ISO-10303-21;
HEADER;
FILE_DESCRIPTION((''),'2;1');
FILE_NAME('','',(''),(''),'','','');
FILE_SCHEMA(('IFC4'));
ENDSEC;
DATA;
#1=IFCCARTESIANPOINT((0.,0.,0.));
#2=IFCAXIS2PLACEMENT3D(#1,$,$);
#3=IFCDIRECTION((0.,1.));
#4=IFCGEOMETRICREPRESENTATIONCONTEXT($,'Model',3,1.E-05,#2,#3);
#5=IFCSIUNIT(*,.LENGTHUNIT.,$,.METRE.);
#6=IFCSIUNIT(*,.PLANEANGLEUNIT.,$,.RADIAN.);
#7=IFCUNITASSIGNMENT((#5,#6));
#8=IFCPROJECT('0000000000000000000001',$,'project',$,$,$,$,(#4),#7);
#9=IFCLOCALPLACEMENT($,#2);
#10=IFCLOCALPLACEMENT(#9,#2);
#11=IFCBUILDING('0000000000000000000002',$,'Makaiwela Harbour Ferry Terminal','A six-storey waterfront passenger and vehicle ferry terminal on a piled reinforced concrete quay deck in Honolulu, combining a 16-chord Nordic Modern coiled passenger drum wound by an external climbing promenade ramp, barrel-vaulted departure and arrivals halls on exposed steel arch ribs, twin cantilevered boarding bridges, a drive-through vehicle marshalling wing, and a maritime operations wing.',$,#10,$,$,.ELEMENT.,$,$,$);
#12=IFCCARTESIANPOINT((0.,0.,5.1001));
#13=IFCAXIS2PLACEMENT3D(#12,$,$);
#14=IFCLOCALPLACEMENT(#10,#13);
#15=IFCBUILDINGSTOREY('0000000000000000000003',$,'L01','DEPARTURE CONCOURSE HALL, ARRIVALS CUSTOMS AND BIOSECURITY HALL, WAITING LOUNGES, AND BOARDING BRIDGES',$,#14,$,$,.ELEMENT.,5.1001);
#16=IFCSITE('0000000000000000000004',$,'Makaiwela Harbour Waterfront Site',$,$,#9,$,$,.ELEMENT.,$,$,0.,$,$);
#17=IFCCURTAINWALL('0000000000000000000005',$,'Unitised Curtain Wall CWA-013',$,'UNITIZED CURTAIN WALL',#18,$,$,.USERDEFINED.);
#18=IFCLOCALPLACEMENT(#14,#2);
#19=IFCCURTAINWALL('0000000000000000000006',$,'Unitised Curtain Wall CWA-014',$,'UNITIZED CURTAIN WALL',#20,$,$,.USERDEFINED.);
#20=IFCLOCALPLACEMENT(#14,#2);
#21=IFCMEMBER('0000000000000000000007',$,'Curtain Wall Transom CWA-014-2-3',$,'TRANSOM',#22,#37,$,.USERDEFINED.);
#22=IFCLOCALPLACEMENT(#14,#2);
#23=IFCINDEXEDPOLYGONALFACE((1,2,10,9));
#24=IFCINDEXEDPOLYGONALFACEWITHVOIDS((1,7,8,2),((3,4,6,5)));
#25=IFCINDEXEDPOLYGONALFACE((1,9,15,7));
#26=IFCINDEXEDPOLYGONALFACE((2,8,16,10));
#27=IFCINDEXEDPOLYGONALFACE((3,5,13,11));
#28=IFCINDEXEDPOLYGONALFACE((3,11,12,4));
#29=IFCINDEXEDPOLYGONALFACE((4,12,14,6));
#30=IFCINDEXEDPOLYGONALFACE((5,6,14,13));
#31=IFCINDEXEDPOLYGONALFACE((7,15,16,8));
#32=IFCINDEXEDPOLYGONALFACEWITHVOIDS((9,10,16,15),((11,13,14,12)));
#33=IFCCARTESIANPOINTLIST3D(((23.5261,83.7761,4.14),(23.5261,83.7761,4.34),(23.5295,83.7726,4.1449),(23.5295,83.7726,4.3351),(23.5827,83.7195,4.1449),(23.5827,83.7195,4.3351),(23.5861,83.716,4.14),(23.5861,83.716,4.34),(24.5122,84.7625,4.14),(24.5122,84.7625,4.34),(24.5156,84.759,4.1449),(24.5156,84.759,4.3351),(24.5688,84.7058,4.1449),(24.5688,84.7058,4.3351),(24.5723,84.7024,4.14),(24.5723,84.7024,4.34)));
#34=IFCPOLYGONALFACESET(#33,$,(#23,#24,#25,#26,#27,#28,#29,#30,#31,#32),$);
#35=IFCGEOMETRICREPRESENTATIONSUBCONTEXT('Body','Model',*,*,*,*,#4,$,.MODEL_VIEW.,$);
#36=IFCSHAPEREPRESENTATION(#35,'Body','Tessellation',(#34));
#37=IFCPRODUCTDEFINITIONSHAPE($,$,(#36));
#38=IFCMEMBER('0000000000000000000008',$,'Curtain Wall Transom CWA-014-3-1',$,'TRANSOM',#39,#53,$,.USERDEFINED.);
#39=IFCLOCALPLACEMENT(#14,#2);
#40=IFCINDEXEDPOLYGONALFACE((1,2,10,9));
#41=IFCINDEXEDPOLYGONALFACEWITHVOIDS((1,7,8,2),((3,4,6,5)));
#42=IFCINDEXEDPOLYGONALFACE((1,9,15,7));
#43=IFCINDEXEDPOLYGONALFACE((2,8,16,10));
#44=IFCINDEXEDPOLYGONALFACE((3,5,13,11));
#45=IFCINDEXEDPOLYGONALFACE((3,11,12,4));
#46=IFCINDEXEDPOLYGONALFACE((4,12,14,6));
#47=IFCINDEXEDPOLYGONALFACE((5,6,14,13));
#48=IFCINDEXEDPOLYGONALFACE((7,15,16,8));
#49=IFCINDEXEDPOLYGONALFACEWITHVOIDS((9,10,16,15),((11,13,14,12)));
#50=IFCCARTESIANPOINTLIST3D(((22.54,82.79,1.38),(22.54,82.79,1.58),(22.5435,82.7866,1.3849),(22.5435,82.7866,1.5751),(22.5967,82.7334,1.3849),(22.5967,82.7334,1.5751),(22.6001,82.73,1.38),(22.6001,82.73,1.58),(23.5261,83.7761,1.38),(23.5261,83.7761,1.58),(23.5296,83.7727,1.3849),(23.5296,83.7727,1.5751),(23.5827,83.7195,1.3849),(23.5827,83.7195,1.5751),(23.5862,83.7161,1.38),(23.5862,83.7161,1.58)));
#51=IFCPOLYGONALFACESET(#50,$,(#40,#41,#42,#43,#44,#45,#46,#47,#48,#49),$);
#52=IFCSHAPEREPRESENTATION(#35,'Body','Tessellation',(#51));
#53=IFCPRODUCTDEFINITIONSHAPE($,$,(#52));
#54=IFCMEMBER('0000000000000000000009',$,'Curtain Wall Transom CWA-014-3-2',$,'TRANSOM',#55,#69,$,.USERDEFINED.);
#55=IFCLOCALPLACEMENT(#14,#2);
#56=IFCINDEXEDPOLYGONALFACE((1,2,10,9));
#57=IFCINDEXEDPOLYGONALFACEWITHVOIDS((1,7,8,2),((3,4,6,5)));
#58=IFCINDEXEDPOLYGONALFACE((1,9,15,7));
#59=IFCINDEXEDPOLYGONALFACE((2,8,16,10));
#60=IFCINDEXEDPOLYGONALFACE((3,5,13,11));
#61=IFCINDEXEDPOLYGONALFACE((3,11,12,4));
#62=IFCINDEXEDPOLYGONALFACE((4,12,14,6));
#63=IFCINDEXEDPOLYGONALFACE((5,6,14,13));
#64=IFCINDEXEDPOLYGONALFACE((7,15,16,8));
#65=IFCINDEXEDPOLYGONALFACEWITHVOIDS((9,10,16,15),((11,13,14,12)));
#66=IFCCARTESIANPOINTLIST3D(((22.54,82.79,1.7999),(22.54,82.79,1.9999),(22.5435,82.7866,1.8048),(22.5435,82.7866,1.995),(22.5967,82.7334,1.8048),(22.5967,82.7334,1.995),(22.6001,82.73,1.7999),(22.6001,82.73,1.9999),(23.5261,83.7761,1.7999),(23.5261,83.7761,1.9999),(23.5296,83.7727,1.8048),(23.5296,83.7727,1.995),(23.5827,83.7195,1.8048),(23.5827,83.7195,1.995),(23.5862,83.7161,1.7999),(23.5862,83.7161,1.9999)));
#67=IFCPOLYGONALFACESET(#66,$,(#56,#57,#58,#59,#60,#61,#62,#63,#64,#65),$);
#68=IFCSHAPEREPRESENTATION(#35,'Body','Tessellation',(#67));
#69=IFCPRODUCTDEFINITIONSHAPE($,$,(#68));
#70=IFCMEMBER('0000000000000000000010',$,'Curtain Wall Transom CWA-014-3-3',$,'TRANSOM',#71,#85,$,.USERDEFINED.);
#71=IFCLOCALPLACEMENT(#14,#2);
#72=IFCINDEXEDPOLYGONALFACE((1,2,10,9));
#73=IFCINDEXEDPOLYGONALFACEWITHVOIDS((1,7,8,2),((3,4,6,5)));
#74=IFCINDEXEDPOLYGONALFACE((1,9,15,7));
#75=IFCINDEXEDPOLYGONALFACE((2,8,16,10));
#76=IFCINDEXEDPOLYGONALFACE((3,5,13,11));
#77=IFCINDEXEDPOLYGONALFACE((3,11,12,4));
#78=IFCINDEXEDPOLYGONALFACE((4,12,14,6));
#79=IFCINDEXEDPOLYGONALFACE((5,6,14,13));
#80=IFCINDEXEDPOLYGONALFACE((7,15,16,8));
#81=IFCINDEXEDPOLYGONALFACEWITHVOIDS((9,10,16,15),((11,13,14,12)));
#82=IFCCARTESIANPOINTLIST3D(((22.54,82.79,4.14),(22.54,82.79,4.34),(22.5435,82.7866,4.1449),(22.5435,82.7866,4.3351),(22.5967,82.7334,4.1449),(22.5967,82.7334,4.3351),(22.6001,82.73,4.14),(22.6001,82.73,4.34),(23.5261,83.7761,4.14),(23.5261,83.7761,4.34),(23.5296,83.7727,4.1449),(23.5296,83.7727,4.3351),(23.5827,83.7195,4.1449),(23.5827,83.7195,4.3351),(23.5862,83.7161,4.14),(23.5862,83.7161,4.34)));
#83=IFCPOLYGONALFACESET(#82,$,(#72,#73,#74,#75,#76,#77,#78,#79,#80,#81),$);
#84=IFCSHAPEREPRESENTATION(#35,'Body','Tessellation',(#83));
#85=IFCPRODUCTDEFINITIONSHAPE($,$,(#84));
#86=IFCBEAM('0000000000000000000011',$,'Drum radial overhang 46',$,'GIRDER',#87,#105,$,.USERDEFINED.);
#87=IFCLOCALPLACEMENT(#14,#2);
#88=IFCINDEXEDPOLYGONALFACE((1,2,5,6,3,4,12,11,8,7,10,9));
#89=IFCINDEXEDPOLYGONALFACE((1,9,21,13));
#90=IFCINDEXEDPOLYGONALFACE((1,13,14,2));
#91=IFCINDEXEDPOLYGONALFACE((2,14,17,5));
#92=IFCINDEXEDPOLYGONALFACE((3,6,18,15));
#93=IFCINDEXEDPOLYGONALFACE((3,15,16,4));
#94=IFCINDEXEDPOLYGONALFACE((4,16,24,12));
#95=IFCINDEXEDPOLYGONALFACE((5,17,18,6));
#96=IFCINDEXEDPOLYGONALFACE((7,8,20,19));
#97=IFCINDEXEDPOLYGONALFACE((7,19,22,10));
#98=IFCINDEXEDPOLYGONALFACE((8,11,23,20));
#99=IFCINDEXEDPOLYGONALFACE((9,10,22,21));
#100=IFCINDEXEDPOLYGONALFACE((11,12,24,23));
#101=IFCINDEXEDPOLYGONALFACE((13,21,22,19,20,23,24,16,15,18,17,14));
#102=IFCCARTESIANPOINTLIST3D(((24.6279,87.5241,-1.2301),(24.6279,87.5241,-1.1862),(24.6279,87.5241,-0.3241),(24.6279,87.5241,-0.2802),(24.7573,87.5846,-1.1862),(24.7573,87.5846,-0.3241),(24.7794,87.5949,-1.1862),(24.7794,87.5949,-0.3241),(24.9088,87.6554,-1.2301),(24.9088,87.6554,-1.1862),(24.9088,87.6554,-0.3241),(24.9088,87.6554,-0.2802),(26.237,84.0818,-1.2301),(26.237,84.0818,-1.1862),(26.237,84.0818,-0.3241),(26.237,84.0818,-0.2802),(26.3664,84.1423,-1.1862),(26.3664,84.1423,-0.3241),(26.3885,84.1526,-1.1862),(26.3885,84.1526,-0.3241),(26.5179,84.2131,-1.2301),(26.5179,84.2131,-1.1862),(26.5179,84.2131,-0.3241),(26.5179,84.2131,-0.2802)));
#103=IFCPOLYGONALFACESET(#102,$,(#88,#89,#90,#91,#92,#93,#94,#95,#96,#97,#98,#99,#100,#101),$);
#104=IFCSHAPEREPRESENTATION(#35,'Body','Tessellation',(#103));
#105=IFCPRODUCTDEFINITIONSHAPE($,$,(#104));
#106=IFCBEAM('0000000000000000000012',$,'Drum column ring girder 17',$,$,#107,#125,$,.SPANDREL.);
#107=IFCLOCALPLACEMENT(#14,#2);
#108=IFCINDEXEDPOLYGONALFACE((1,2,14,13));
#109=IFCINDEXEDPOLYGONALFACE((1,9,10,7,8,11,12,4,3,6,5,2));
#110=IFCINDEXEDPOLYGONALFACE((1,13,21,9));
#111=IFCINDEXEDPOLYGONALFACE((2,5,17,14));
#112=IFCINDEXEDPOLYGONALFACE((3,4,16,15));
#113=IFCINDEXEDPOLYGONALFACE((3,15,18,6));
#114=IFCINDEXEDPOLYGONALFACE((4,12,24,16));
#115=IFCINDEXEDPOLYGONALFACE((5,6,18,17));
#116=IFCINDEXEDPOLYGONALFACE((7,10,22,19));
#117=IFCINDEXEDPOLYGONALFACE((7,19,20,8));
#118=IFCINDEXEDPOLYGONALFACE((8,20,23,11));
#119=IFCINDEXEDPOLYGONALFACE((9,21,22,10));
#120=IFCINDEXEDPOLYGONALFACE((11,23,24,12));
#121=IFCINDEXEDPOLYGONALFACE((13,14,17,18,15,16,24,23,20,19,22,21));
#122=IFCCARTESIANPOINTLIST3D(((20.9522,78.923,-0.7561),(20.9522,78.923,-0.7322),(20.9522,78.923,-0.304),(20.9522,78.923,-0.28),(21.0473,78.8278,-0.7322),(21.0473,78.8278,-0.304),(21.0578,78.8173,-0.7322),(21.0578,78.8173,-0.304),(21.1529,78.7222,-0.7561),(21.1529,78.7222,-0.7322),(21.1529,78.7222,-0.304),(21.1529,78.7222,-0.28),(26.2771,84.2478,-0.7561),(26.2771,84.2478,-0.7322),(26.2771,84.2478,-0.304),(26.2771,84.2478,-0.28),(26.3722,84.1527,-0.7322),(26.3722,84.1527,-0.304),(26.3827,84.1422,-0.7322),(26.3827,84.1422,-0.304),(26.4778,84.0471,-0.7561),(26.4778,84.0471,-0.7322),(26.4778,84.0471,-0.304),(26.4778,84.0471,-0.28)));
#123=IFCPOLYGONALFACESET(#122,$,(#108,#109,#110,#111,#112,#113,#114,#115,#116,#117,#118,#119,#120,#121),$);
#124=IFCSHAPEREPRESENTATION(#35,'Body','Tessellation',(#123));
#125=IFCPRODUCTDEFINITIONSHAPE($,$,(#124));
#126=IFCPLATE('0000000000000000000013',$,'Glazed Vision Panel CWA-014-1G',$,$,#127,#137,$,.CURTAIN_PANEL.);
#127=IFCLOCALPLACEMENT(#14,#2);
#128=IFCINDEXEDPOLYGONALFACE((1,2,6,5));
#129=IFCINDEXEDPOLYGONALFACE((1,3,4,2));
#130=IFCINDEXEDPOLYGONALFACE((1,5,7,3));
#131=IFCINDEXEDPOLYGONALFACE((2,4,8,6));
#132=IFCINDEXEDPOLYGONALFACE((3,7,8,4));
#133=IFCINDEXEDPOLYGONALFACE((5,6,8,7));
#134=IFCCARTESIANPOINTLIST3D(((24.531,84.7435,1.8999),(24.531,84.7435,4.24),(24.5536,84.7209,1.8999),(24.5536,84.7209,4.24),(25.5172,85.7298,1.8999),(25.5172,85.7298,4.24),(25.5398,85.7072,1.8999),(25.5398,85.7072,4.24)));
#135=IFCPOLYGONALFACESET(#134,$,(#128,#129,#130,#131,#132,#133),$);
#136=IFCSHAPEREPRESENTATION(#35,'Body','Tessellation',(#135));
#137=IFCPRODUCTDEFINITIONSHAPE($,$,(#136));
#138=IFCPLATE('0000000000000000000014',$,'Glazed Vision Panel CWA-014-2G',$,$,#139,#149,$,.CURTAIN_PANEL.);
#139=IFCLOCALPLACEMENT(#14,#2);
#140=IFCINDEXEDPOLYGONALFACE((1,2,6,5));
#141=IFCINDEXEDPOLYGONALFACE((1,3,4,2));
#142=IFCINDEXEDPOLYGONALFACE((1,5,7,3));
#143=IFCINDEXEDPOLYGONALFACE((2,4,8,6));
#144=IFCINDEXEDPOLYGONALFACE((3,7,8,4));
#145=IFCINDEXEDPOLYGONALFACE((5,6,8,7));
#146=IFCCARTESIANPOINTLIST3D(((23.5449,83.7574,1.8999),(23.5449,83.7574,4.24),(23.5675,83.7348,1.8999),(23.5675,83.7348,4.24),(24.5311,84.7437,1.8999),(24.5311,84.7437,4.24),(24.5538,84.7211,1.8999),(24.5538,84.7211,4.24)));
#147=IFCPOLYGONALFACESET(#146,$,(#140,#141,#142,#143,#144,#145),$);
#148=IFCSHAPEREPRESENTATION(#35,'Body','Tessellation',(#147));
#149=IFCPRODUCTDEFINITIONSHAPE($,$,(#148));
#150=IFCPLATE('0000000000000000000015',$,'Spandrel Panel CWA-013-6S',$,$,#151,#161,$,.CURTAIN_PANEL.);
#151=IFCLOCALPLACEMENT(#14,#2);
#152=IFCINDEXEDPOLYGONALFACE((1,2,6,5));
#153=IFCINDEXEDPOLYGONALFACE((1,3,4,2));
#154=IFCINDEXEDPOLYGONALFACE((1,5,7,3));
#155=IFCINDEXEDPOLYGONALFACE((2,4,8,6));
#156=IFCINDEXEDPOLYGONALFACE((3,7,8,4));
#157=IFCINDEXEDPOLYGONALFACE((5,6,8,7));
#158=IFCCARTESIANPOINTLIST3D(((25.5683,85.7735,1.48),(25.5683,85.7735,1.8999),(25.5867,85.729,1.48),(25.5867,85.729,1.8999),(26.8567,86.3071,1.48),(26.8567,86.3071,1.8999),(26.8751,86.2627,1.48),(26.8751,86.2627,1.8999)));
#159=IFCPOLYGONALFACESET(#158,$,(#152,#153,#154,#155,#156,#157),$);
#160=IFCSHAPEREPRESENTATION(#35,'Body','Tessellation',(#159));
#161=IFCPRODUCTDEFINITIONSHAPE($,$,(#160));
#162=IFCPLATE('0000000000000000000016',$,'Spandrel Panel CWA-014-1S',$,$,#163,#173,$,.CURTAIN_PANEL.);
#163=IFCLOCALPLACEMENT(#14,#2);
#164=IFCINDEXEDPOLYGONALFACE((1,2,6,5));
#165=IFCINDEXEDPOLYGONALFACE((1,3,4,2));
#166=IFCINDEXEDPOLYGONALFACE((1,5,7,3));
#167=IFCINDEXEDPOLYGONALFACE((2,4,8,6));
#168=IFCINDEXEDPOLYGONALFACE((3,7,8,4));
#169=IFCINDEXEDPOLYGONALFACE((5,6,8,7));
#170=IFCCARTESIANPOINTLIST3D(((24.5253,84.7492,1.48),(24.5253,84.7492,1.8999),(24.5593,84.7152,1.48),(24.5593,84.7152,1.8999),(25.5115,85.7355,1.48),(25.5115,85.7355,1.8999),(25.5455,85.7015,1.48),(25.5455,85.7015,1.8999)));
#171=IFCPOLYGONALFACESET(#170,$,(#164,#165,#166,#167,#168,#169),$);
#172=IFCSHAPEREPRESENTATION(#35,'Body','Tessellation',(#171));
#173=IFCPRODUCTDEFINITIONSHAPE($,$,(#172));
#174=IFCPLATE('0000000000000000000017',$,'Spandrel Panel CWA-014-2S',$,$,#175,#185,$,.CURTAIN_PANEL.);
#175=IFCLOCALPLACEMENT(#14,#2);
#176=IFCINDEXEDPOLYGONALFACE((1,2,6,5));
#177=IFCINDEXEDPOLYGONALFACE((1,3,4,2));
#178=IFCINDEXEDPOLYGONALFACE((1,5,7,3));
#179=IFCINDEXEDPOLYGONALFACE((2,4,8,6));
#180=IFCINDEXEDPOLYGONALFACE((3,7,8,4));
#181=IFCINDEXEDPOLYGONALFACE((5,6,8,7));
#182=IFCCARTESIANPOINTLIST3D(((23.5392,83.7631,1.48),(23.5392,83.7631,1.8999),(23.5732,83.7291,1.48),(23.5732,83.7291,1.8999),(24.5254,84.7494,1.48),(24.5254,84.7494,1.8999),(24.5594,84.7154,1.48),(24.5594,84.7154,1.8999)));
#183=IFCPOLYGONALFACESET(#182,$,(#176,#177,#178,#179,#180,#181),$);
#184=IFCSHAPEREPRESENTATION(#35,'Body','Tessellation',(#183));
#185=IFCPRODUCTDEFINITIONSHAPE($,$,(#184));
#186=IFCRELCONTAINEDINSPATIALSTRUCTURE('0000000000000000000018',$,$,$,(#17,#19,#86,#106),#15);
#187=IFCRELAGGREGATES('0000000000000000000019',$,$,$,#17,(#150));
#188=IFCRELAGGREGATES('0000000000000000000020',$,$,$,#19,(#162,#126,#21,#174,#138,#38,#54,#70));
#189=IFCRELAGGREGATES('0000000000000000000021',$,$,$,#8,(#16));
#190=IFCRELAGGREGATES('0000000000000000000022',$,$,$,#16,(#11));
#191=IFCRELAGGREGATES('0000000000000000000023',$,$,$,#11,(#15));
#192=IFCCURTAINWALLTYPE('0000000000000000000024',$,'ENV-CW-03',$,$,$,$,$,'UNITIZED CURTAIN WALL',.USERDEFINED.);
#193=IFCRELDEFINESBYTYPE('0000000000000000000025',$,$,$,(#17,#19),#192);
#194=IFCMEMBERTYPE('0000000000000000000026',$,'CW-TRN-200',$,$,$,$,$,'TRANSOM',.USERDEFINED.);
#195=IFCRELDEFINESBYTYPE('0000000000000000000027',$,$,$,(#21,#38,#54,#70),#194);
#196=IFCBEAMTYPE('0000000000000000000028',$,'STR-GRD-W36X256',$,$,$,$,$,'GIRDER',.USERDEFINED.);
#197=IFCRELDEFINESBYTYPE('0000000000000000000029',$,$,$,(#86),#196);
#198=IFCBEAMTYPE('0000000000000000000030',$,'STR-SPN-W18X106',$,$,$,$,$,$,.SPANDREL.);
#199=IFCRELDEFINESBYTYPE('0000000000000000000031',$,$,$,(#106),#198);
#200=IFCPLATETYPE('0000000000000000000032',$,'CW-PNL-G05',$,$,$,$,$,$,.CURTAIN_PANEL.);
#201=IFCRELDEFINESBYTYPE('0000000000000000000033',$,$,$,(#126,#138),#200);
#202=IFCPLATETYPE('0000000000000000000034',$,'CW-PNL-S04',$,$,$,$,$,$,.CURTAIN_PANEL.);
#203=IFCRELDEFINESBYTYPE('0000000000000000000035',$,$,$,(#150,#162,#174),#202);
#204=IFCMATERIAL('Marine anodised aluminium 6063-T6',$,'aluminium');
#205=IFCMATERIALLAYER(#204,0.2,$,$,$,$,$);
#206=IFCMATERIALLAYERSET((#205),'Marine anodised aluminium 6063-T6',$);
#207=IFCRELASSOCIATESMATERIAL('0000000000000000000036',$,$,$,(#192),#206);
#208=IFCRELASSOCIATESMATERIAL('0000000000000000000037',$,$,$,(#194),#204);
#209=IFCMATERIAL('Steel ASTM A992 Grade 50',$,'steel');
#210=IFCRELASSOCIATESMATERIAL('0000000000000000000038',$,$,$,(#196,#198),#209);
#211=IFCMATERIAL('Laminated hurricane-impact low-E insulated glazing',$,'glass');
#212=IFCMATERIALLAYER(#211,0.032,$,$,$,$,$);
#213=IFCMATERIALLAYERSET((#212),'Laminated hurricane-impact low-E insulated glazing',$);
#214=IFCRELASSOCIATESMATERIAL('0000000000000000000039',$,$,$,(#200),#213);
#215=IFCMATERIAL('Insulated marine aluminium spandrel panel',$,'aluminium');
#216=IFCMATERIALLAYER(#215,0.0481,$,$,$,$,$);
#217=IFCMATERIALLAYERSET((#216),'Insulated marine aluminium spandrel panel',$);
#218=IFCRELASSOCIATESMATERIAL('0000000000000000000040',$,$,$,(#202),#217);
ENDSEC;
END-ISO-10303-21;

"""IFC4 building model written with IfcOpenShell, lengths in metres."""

from ifc_helpers import new_model, si_unit, direction, frame, origin, origin_2d, place, context, subcontext, project, spatial, rectangle, hollow_rectangle, i_section, extrude, material, layer, layer_set, material_profile, profile_set, type_object, element, aggregate, save


model = new_model("IFC4")

# Units and contexts
model_context = context("Model", 3, precision=1e-05, world=origin(), true_north=direction((0.0, 1.0)))
body_context = subcontext(model_context, "Body", "Model", "MODEL_VIEW")
ifc_project = project(units=[si_unit("LENGTHUNIT", "METRE"), si_unit("PLANEANGLEUNIT", "RADIAN")], contexts=[model_context])

# Site, building, storey
site_placement = place(None, origin())
site = spatial("IfcSite", under=ifc_project, at=site_placement, Name="Makaiwela Harbour Waterfront Site", CompositionType="ELEMENT", RefElevation=0.0)
building_placement = place(site_placement, origin())
building = spatial("IfcBuilding", under=site, at=building_placement, Name="Makaiwela Harbour Ferry Terminal", Description="A six-storey waterfront passenger and vehicle ferry terminal on a piled reinforced concrete quay deck in Honolulu, combining a 16-chord Nordic Modern coiled passenger drum wound by an external climbing promenade ramp, barrel-vaulted departure and arrivals halls on exposed steel arch ribs, twin cantilevered boarding bridges, a drive-through vehicle marshalling wing, and a maritime operations wing.", CompositionType="ELEMENT")
storey_placement = place(building_placement, frame((0.0, 0.0, 5.1001)))
storey = spatial("IfcBuildingStorey", under=building, at=storey_placement, Name="L01", Description="DEPARTURE CONCOURSE HALL, ARRIVALS CUSTOMS AND BIOSECURITY HALL, WAITING LOUNGES, AND BOARDING BRIDGES", CompositionType="ELEMENT", Elevation=5.1001)

# Shared definitions
ifc_material_1 = material(Name="Steel ASTM A992 Grade 50", Category="steel")

# Curtain wall
ifc_material_2 = material(Name="Marine anodised aluminium 6063-T6", Category="aluminium")
ifc_layer_1 = layer(ifc_material_2, 0.2)
ifc_layer_set_1 = layer_set([ifc_layer_1], Name="Marine anodised aluminium 6063-T6")
curtain_wall_type = type_object("IfcCurtainWallType", Name="ENV-CW-03", ElementType="UNITIZED CURTAIN WALL", PredefinedType="USERDEFINED", material=ifc_layer_set_1)
curtain_wall_1_placement = place(storey_placement, origin())
curtain_wall_1 = element("IfcCurtainWall", 1, at=curtain_wall_1_placement, inside=storey, type_object=curtain_wall_type, Name="Unitised Curtain Wall CWA-013", ObjectType="UNITIZED CURTAIN WALL", PredefinedType="USERDEFINED")

# Curtain wall, members
curtain_wall_2_placement = place(storey_placement, origin())
curtain_wall_2 = element("IfcCurtainWall", 2, at=curtain_wall_2_placement, inside=storey, type_object=curtain_wall_type, Name="Unitised Curtain Wall CWA-014", ObjectType="UNITIZED CURTAIN WALL", PredefinedType="USERDEFINED")
ifc_material_profile_1 = material_profile(ifc_material_2, hollow_rectangle(XDim=0.085, YDim=0.2, WallThickness=0.0049, at=origin_2d()), Name="CWT-200X85")
ifc_profile_set_1 = profile_set([ifc_material_profile_1], Name="Marine anodised aluminium 6063-T6")
member_type_1 = type_object("IfcMemberType", Name="CW-TRN-200", ElementType="TRANSOM", PredefinedType="USERDEFINED", material=ifc_profile_set_1)
member_1_placement = place(storey_placement, frame((24.5422, 84.7324, 4.24), z_axis=(-0.707019, -0.707194, 0.0), x_axis=(0.707194, -0.707019, 0.0)))
member_1 = element("IfcMember", 3, at=member_1_placement, type_object=member_type_1, Name="Curtain Wall Transom CWA-014-2-3", ObjectType="TRANSOM", PredefinedType="USERDEFINED", context=body_context, shape_type="SweptSolid", body=[
    extrude(hollow_rectangle(XDim=0.085, YDim=0.2, WallThickness=0.0049, at=origin_2d()), origin(), (0.0, 0.0, 1.0), 1.3948),
])
member_2_placement = place(storey_placement, frame((23.5562, 83.7461, 1.48), z_axis=(-0.707107, -0.707107, 0.0), x_axis=(0.707107, -0.707107, 0.0)))
member_2 = element("IfcMember", 4, at=member_2_placement, type_object=member_type_1, Name="Curtain Wall Transom CWA-014-3-1", ObjectType="TRANSOM", PredefinedType="USERDEFINED", context=body_context, shape_type="SweptSolid", body=[
    extrude(hollow_rectangle(XDim=0.085, YDim=0.2, WallThickness=0.0049, at=origin_2d()), origin(), (0.0, 0.0, 1.0), 1.3945),
])
member_3_placement = place(storey_placement, frame((23.5562, 83.7461, 1.8999), z_axis=(-0.707107, -0.707107, 0.0), x_axis=(0.707107, -0.707107, 0.0)))
member_3 = element("IfcMember", 5, at=member_3_placement, type_object=member_type_1, Name="Curtain Wall Transom CWA-014-3-2", ObjectType="TRANSOM", PredefinedType="USERDEFINED", context=body_context, shape_type="SweptSolid", body=[
    extrude(hollow_rectangle(XDim=0.085, YDim=0.2, WallThickness=0.0049, at=origin_2d()), origin(), (0.0, 0.0, 1.0), 1.3945),
])
member_4_placement = place(storey_placement, frame((23.5562, 83.7461, 4.24), z_axis=(-0.707107, -0.707107, 0.0), x_axis=(0.707107, -0.707107, 0.0)))
member_4 = element("IfcMember", 6, at=member_4_placement, type_object=member_type_1, Name="Curtain Wall Transom CWA-014-3-3", ObjectType="TRANSOM", PredefinedType="USERDEFINED", context=body_context, shape_type="SweptSolid", body=[
    extrude(hollow_rectangle(XDim=0.085, YDim=0.2, WallThickness=0.0049, at=origin_2d()), origin(), (0.0, 0.0, 1.0), 1.3945),
])

# Beams
ifc_material_profile_2 = material_profile(ifc_material_1, i_section(OverallWidth=0.3101, OverallDepth=0.95, WebThickness=0.0244, FlangeThickness=0.0439, at=origin_2d()), Name="W36X256")
ifc_profile_set_2 = profile_set([ifc_material_profile_2], Name="Steel ASTM A992 Grade 50")
beam_type_1 = type_object("IfcBeamType", Name="STR-GRD-W36X256", ElementType="GIRDER", PredefinedType="USERDEFINED", material=ifc_profile_set_2)
beam_1_placement = place(storey_placement, frame((26.3774, 84.1475, -0.7551), z_axis=(-0.423466, 0.905912, 0.0), x_axis=(-0.905912, -0.423466, 0.0)))
element("IfcBeam", 7, at=beam_1_placement, inside=storey, type_object=beam_type_1, Name="Drum radial overhang 46", ObjectType="GIRDER", PredefinedType="USERDEFINED", context=body_context, shape_type="SweptSolid", body=[
    extrude(i_section(OverallWidth=0.3101, OverallDepth=0.95, WebThickness=0.0244, FlangeThickness=0.0439, at=origin_2d()), origin(), (0.0, 0.0, 1.0), 3.7998),
])
ifc_material_profile_3 = material_profile(ifc_material_1, i_section(OverallWidth=0.2839, OverallDepth=0.4761, WebThickness=0.0149, FlangeThickness=0.0239, at=origin_2d()), Name="W18X106")
ifc_profile_set_3 = profile_set([ifc_material_profile_3], Name="Steel ASTM A992 Grade 50")
beam_type_2 = type_object("IfcBeamType", Name="STR-SPN-W18X106", PredefinedType="SPANDREL", material=ifc_profile_set_3)
beam_2_placement = place(storey_placement, frame((26.3774, 84.1475, -0.5181), z_axis=(-0.707107, -0.707107, 0.0), x_axis=(0.707107, -0.707107, 0.0)))
element("IfcBeam", 8, at=beam_2_placement, inside=storey, type_object=beam_type_2, Name="Drum column ring girder 17", PredefinedType="SPANDREL", context=body_context, shape_type="SweptSolid", body=[
    extrude(i_section(OverallWidth=0.2839, OverallDepth=0.4761, WebThickness=0.0149, FlangeThickness=0.0239, at=origin_2d()), origin(), (0.0, 0.0, 1.0), 7.5305),
])

# Plates
ifc_material_3 = material(Name="Laminated hurricane-impact low-E insulated glazing", Category="glass")
ifc_layer_2 = layer(ifc_material_3, 0.032)
ifc_layer_set_2 = layer_set([ifc_layer_2], Name="Laminated hurricane-impact low-E insulated glazing")
plate_type_1 = type_object("IfcPlateType", Name="CW-PNL-G05", PredefinedType="CURTAIN_PANEL", material=ifc_layer_set_2)
plate_1_placement = place(storey_placement, frame((25.0354, 85.2253, 1.8999), z_axis=(0.0, 0.0, 1.0), x_axis=(-0.707107, -0.707107, 0.0)))
plate_1 = element("IfcPlate", 9, at=plate_1_placement, type_object=plate_type_1, Name="Glazed Vision Panel CWA-014-1G", PredefinedType="CURTAIN_PANEL", context=body_context, shape_type="SweptSolid", body=[
    extrude(rectangle(XDim=1.3948, YDim=0.032, at=origin_2d()), origin(), (0.0, 0.0, 1.0), 2.3401),
])
plate_2_placement = place(storey_placement, frame((24.0493, 84.2393, 1.8999), z_axis=(0.0, 0.0, 1.0), x_axis=(-0.707107, -0.707107, 0.0)))
plate_2 = element("IfcPlate", 10, at=plate_2_placement, type_object=plate_type_1, Name="Glazed Vision Panel CWA-014-2G", PredefinedType="CURTAIN_PANEL", context=body_context, shape_type="SweptSolid", body=[
    extrude(rectangle(XDim=1.3948, YDim=0.032, at=origin_2d()), origin(), (0.0, 0.0, 1.0), 2.3401),
])
ifc_material_4 = material(Name="Insulated marine aluminium spandrel panel", Category="aluminium")
ifc_layer_3 = layer(ifc_material_4, 0.0481)
ifc_layer_set_3 = layer_set([ifc_layer_3], Name="Insulated marine aluminium spandrel panel")
plate_type_2 = type_object("IfcPlateType", Name="CW-PNL-S04", PredefinedType="CURTAIN_PANEL", material=ifc_layer_set_3)
plate_3_placement = place(storey_placement, frame((26.2217, 86.0181, 1.48), z_axis=(0.0, 0.0, 1.0), x_axis=(-0.92388, -0.382683, 0.0)))
plate_3 = element("IfcPlate", 11, at=plate_3_placement, type_object=plate_type_2, Name="Spandrel Panel CWA-013-6S", PredefinedType="CURTAIN_PANEL", context=body_context, shape_type="SweptSolid", body=[
    extrude(rectangle(XDim=1.3945, YDim=0.0481, at=origin_2d()), origin(), (0.0, 0.0, 1.0), 0.4199),
])
aggregate(curtain_wall_1, [plate_3])
plate_4_placement = place(storey_placement, frame((25.0354, 85.2253, 1.48), z_axis=(0.0, 0.0, 1.0), x_axis=(-0.707107, -0.707107, 0.0)))
plate_4 = element("IfcPlate", 12, at=plate_4_placement, type_object=plate_type_2, Name="Spandrel Panel CWA-014-1S", PredefinedType="CURTAIN_PANEL", context=body_context, shape_type="SweptSolid", body=[
    extrude(rectangle(XDim=1.3948, YDim=0.0481, at=origin_2d()), origin(), (0.0, 0.0, 1.0), 0.4199),
])
plate_5_placement = place(storey_placement, frame((24.0493, 84.2393, 1.48), z_axis=(0.0, 0.0, 1.0), x_axis=(-0.707107, -0.707107, 0.0)))
plate_5 = element("IfcPlate", 13, at=plate_5_placement, type_object=plate_type_2, Name="Spandrel Panel CWA-014-2S", PredefinedType="CURTAIN_PANEL", context=body_context, shape_type="SweptSolid", body=[
    extrude(rectangle(XDim=1.3948, YDim=0.0481, at=origin_2d()), origin(), (0.0, 0.0, 1.0), 0.4199),
])
aggregate(curtain_wall_2, [plate_4, plate_1, member_1, plate_5, plate_2, member_2, member_3, member_4])

save(model, "model.ifc")
